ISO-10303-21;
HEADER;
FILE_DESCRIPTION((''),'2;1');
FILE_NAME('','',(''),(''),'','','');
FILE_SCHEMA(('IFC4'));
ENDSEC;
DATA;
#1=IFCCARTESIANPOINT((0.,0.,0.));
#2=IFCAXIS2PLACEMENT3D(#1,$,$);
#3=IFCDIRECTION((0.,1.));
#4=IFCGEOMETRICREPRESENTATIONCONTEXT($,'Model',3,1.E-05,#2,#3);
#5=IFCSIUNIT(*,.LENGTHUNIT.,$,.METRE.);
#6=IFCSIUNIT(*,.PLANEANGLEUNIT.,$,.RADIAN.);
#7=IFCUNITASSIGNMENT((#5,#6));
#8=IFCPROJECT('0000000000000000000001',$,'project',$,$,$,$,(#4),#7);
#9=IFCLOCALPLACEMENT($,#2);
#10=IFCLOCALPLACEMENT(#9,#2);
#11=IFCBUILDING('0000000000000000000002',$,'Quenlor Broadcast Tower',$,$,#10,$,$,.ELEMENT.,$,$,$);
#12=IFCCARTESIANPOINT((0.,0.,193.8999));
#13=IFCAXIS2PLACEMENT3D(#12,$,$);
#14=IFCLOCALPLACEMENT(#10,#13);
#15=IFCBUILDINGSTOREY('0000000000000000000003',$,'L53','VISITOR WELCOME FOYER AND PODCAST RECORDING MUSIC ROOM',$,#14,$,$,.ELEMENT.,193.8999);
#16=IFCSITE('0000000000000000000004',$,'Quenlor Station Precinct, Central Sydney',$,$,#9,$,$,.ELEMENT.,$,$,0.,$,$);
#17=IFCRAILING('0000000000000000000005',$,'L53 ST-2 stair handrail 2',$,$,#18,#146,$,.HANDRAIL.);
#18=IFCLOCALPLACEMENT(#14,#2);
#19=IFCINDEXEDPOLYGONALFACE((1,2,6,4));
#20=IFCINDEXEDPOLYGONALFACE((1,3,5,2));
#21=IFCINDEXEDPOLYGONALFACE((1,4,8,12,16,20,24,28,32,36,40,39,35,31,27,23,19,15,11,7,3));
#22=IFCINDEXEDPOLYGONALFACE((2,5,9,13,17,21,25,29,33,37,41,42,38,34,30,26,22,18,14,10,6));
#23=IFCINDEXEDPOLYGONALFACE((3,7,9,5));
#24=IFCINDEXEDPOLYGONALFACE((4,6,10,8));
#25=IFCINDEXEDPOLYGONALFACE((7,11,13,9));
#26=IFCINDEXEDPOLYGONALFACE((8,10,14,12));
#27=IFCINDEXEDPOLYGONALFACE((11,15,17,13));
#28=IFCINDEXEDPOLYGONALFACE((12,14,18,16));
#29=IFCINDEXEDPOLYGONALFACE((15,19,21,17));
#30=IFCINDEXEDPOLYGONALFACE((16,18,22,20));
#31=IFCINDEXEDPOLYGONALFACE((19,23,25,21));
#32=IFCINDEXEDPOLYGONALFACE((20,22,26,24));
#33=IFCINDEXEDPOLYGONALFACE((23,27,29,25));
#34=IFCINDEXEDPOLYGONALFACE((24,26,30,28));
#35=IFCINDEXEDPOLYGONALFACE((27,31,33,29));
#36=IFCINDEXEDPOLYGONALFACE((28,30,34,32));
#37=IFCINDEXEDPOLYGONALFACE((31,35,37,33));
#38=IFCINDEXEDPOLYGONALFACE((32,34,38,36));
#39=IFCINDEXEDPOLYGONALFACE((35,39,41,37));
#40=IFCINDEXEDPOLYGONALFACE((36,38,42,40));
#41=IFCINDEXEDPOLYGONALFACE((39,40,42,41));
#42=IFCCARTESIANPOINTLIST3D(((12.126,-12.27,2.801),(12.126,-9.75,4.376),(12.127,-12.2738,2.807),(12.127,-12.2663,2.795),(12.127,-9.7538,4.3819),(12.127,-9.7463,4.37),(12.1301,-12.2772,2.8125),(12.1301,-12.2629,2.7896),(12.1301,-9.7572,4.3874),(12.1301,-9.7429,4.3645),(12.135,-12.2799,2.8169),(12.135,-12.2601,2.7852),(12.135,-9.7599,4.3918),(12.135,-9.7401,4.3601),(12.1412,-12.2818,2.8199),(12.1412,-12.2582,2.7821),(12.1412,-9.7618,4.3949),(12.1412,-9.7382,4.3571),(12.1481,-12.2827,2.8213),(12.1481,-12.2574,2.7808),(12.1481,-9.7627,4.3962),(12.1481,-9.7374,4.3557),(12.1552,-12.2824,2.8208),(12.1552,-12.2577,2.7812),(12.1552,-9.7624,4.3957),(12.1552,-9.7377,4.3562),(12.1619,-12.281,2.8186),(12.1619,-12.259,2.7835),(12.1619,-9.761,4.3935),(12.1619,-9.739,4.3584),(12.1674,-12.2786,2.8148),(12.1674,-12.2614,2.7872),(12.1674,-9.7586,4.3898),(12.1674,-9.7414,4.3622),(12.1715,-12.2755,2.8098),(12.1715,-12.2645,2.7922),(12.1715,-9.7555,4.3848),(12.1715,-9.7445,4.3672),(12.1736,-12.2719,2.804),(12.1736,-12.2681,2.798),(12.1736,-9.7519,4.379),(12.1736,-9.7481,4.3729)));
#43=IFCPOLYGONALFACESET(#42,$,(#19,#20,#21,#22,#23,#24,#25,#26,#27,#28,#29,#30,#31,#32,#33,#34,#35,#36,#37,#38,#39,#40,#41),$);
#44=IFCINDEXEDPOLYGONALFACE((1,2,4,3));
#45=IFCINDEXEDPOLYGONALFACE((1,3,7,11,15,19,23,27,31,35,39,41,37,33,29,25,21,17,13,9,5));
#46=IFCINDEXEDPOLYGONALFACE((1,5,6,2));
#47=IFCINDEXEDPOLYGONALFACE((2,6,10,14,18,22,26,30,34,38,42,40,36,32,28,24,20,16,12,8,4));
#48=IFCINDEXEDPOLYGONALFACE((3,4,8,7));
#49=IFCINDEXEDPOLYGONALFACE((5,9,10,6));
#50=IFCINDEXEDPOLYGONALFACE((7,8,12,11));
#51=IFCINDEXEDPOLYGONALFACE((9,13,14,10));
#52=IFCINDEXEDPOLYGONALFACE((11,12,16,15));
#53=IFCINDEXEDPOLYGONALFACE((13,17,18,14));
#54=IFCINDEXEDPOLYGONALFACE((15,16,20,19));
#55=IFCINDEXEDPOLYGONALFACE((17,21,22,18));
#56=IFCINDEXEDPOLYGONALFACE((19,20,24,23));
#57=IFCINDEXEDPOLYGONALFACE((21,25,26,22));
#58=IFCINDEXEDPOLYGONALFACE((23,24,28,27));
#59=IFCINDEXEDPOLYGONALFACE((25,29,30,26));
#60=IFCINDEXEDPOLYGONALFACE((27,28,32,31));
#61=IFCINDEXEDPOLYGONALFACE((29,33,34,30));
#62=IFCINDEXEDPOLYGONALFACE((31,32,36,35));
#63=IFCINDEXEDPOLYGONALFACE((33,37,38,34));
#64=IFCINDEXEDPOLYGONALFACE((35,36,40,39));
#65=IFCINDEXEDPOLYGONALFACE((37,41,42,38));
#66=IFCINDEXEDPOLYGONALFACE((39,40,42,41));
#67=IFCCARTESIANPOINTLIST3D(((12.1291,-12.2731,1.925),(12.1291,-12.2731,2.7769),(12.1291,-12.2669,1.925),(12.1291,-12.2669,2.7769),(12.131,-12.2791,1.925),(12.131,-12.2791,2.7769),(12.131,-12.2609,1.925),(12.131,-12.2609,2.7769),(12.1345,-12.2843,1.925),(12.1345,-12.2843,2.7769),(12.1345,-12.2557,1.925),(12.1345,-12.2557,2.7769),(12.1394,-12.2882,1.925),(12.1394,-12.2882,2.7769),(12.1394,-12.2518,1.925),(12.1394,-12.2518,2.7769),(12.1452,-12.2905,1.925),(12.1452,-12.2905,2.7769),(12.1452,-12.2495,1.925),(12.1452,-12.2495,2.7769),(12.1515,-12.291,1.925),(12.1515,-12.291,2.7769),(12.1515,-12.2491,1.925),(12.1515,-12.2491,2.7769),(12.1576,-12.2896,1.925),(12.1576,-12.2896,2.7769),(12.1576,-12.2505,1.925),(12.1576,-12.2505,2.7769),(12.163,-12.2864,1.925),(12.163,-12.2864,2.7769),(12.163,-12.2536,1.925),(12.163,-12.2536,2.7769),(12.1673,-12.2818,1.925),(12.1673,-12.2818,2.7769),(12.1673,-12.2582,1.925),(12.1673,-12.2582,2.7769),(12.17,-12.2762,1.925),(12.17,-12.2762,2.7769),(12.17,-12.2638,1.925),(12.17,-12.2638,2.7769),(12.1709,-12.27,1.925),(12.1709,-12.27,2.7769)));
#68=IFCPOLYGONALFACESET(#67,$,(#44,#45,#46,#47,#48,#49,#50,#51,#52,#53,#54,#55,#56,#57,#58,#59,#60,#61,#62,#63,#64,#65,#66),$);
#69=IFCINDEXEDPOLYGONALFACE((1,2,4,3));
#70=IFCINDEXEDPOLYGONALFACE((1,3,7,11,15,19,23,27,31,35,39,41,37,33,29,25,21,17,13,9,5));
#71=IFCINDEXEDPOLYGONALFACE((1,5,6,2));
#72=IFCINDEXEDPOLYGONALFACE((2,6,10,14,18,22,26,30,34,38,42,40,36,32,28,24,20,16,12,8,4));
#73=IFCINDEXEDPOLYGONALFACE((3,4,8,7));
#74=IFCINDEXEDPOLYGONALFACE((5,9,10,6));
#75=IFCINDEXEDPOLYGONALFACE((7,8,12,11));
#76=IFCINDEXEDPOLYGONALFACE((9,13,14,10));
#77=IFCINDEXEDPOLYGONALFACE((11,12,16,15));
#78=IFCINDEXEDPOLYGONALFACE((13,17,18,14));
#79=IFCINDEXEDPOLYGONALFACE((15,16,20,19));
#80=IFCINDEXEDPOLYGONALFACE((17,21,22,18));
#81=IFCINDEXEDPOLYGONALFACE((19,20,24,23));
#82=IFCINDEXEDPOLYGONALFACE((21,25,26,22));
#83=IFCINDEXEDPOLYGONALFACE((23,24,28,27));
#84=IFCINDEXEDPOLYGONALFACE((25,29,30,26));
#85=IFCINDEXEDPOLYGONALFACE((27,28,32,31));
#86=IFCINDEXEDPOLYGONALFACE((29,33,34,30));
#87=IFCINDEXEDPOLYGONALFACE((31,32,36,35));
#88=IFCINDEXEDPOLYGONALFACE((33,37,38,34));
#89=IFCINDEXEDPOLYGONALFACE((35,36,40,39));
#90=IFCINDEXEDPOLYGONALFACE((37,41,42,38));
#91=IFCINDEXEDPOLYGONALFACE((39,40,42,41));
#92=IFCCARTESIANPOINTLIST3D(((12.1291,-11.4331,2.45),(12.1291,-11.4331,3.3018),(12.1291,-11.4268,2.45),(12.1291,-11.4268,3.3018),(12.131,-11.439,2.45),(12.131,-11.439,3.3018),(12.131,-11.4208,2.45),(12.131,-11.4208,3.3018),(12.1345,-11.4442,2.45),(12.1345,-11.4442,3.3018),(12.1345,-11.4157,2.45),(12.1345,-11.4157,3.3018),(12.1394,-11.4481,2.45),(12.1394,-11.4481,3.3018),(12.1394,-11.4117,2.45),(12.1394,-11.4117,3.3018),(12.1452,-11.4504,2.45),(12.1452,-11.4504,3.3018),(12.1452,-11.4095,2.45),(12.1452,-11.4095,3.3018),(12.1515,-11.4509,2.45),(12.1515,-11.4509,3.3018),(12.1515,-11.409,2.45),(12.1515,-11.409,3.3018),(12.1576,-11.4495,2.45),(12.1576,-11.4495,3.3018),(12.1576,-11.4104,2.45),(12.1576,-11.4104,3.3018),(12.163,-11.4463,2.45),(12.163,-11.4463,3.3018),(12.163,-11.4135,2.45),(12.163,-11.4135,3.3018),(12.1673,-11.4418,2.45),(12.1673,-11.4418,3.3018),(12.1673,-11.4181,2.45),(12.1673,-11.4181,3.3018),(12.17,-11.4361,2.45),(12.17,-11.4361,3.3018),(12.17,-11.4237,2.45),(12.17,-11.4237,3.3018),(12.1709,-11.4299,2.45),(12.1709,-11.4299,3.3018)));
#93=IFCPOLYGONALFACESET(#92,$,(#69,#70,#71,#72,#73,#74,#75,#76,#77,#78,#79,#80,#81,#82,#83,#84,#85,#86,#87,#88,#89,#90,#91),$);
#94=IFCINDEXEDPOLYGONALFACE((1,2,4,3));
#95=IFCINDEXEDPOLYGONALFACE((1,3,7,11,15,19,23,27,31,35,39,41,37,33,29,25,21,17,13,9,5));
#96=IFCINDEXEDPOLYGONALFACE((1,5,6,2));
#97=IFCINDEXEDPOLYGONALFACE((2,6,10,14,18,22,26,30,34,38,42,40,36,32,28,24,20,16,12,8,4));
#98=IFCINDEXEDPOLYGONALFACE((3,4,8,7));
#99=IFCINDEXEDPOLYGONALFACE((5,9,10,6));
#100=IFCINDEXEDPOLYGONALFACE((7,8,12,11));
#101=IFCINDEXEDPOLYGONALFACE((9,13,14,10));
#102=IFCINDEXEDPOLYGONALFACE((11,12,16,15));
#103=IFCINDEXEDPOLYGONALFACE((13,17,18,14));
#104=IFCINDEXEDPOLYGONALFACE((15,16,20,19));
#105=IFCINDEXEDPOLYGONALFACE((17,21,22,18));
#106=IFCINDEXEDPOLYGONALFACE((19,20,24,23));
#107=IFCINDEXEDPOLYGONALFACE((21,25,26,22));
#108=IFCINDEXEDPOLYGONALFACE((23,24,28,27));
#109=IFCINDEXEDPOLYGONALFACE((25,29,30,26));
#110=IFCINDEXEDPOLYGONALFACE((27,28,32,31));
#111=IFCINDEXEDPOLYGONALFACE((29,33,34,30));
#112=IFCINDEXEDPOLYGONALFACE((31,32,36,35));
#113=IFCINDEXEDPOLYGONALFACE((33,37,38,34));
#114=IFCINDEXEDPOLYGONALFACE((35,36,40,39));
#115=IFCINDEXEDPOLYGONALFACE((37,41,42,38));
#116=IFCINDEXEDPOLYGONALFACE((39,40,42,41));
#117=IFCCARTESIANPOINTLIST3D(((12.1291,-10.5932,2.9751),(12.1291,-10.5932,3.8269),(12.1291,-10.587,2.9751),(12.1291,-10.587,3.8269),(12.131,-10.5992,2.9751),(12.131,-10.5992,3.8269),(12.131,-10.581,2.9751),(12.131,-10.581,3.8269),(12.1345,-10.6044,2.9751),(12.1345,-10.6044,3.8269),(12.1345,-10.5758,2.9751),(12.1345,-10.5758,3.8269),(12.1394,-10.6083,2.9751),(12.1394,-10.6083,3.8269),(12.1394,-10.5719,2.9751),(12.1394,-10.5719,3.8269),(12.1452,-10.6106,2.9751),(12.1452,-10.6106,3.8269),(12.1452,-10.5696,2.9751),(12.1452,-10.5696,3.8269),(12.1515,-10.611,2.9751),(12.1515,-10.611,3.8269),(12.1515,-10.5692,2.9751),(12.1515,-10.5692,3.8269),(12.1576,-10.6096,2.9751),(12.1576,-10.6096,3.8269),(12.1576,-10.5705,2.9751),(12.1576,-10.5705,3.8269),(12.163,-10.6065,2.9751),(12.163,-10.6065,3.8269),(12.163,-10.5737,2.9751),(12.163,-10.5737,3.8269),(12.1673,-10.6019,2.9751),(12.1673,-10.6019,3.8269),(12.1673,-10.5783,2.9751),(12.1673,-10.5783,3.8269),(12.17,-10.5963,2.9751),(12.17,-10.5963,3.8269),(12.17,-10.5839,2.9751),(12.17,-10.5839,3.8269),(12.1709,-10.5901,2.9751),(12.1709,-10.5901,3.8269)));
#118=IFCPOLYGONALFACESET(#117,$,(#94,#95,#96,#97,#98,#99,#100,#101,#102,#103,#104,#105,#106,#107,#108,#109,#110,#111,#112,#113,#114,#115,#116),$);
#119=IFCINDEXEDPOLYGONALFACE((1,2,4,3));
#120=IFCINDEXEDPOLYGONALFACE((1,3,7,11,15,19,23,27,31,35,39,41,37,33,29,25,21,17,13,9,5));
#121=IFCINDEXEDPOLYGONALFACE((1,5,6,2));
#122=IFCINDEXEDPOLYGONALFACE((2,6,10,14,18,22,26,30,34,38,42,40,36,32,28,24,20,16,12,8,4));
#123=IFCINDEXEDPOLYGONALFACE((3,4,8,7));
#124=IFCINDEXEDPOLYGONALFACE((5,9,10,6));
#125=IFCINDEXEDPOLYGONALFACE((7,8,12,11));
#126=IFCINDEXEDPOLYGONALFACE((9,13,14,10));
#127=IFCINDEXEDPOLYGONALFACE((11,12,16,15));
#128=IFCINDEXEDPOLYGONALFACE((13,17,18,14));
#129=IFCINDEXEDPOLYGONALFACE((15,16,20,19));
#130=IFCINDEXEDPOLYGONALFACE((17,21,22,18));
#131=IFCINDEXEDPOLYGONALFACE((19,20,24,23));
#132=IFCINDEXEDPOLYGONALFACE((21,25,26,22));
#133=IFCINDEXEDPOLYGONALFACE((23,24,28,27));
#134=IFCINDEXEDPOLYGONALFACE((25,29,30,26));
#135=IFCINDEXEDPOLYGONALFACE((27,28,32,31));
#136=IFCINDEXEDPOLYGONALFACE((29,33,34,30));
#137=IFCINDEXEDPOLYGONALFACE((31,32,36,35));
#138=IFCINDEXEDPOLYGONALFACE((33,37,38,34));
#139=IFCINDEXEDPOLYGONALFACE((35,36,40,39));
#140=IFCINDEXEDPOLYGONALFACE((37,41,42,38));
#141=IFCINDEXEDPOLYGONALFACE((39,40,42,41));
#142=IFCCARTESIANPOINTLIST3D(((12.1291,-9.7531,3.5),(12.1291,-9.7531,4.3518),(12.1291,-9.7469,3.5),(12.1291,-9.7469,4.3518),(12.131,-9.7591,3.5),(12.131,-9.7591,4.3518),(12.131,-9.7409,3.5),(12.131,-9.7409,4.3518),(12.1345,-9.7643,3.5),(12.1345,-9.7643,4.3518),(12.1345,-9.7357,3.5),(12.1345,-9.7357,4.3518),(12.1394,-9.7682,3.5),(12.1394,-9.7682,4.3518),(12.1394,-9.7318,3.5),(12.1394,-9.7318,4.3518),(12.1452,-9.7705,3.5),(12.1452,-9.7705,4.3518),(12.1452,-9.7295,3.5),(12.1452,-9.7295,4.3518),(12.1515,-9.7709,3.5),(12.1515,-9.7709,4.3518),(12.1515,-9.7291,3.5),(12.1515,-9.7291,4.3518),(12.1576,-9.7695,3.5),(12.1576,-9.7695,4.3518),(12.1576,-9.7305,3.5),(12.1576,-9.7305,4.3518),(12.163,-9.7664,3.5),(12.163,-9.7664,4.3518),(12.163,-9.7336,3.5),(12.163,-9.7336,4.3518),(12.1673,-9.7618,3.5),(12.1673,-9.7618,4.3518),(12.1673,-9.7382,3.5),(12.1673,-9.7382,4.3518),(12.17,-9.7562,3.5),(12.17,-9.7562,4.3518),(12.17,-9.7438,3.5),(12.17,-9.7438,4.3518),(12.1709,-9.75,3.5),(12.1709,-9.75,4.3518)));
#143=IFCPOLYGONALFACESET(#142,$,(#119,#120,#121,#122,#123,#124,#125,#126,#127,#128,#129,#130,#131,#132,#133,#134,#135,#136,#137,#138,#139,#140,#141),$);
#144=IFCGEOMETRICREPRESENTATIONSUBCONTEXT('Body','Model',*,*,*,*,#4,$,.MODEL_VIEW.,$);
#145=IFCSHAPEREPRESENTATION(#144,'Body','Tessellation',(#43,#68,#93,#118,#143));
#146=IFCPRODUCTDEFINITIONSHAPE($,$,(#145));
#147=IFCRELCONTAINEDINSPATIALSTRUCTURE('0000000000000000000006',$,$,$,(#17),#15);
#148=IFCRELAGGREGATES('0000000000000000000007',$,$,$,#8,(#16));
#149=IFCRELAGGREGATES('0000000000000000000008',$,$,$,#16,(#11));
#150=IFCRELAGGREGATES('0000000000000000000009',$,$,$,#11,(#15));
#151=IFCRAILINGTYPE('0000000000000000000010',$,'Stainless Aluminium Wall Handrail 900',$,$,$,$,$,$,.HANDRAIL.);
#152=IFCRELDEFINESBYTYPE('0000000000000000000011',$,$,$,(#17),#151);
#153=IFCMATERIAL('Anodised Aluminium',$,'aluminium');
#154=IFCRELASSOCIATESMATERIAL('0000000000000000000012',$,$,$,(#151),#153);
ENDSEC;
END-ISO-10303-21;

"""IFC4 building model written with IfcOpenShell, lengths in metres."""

from ifc_helpers import new_model, si_unit, direction, frame, origin, origin_2d, place, context, subcontext, project, spatial, circle, extrude, material, type_object, element, save


model = new_model("IFC4")

# Units and contexts
model_context = context("Model", 3, precision=1e-05, world=origin(), true_north=direction((0.0, 1.0)))
body_context = subcontext(model_context, "Body", "Model", "MODEL_VIEW")
ifc_project = project(units=[si_unit("LENGTHUNIT", "METRE"), si_unit("PLANEANGLEUNIT", "RADIAN")], contexts=[model_context])

# Site, building, storey
site_placement = place(None, origin())
site = spatial("IfcSite", under=ifc_project, at=site_placement, Name="Quenlor Station Precinct, Central Sydney", CompositionType="ELEMENT", RefElevation=0.0)
building_placement = place(site_placement, origin())
building = spatial("IfcBuilding", under=site, at=building_placement, Name="Quenlor Broadcast Tower", CompositionType="ELEMENT")
storey_placement = place(building_placement, frame((0.0, 0.0, 193.8999)))
storey = spatial("IfcBuildingStorey", under=building, at=storey_placement, Name="L53", Description="VISITOR WELCOME FOYER AND PODCAST RECORDING MUSIC ROOM", CompositionType="ELEMENT", Elevation=193.8999)

# Railing
ifc_material_1 = material(Name="Anodised Aluminium", Category="aluminium")
railing_type_1 = type_object("IfcRailingType", Name="Stainless Aluminium Wall Handrail 900", PredefinedType="HANDRAIL", material=ifc_material_1)
railing_1_placement = place(storey_placement, frame((12.1499, -12.27, 1.925)))
element("IfcRailing", 1, at=railing_1_placement, inside=storey, type_object=railing_type_1, Name="L53 ST-2 stair handrail 2", PredefinedType="HANDRAIL", context=body_context, shape_type="SweptSolid", body=[
    extrude(circle(Radius=0.0239, at=origin_2d()), frame((0.0, 0.0, 0.876), z_axis=(0.0, 0.848008, 0.529984), x_axis=(-1.0, 0.0, 0.0)), (0.0, 0.0, 1.0), 2.9717),
    extrude(circle(Radius=0.021, at=origin_2d()), origin(), (0.0, 0.0, 1.0), 0.8518),
    extrude(circle(Radius=0.021, at=origin_2d()), frame((0.0, 0.8401, 0.5249)), (0.0, 0.0, 1.0), 0.8518),
    extrude(circle(Radius=0.021, at=origin_2d()), frame((0.0, 1.6799, 1.05)), (0.0, 0.0, 1.0), 0.8518),
    extrude(circle(Radius=0.021, at=origin_2d()), frame((0.0, 2.52, 1.575)), (0.0, 0.0, 1.0), 0.8518),
])

save(model, "model.ifc")
